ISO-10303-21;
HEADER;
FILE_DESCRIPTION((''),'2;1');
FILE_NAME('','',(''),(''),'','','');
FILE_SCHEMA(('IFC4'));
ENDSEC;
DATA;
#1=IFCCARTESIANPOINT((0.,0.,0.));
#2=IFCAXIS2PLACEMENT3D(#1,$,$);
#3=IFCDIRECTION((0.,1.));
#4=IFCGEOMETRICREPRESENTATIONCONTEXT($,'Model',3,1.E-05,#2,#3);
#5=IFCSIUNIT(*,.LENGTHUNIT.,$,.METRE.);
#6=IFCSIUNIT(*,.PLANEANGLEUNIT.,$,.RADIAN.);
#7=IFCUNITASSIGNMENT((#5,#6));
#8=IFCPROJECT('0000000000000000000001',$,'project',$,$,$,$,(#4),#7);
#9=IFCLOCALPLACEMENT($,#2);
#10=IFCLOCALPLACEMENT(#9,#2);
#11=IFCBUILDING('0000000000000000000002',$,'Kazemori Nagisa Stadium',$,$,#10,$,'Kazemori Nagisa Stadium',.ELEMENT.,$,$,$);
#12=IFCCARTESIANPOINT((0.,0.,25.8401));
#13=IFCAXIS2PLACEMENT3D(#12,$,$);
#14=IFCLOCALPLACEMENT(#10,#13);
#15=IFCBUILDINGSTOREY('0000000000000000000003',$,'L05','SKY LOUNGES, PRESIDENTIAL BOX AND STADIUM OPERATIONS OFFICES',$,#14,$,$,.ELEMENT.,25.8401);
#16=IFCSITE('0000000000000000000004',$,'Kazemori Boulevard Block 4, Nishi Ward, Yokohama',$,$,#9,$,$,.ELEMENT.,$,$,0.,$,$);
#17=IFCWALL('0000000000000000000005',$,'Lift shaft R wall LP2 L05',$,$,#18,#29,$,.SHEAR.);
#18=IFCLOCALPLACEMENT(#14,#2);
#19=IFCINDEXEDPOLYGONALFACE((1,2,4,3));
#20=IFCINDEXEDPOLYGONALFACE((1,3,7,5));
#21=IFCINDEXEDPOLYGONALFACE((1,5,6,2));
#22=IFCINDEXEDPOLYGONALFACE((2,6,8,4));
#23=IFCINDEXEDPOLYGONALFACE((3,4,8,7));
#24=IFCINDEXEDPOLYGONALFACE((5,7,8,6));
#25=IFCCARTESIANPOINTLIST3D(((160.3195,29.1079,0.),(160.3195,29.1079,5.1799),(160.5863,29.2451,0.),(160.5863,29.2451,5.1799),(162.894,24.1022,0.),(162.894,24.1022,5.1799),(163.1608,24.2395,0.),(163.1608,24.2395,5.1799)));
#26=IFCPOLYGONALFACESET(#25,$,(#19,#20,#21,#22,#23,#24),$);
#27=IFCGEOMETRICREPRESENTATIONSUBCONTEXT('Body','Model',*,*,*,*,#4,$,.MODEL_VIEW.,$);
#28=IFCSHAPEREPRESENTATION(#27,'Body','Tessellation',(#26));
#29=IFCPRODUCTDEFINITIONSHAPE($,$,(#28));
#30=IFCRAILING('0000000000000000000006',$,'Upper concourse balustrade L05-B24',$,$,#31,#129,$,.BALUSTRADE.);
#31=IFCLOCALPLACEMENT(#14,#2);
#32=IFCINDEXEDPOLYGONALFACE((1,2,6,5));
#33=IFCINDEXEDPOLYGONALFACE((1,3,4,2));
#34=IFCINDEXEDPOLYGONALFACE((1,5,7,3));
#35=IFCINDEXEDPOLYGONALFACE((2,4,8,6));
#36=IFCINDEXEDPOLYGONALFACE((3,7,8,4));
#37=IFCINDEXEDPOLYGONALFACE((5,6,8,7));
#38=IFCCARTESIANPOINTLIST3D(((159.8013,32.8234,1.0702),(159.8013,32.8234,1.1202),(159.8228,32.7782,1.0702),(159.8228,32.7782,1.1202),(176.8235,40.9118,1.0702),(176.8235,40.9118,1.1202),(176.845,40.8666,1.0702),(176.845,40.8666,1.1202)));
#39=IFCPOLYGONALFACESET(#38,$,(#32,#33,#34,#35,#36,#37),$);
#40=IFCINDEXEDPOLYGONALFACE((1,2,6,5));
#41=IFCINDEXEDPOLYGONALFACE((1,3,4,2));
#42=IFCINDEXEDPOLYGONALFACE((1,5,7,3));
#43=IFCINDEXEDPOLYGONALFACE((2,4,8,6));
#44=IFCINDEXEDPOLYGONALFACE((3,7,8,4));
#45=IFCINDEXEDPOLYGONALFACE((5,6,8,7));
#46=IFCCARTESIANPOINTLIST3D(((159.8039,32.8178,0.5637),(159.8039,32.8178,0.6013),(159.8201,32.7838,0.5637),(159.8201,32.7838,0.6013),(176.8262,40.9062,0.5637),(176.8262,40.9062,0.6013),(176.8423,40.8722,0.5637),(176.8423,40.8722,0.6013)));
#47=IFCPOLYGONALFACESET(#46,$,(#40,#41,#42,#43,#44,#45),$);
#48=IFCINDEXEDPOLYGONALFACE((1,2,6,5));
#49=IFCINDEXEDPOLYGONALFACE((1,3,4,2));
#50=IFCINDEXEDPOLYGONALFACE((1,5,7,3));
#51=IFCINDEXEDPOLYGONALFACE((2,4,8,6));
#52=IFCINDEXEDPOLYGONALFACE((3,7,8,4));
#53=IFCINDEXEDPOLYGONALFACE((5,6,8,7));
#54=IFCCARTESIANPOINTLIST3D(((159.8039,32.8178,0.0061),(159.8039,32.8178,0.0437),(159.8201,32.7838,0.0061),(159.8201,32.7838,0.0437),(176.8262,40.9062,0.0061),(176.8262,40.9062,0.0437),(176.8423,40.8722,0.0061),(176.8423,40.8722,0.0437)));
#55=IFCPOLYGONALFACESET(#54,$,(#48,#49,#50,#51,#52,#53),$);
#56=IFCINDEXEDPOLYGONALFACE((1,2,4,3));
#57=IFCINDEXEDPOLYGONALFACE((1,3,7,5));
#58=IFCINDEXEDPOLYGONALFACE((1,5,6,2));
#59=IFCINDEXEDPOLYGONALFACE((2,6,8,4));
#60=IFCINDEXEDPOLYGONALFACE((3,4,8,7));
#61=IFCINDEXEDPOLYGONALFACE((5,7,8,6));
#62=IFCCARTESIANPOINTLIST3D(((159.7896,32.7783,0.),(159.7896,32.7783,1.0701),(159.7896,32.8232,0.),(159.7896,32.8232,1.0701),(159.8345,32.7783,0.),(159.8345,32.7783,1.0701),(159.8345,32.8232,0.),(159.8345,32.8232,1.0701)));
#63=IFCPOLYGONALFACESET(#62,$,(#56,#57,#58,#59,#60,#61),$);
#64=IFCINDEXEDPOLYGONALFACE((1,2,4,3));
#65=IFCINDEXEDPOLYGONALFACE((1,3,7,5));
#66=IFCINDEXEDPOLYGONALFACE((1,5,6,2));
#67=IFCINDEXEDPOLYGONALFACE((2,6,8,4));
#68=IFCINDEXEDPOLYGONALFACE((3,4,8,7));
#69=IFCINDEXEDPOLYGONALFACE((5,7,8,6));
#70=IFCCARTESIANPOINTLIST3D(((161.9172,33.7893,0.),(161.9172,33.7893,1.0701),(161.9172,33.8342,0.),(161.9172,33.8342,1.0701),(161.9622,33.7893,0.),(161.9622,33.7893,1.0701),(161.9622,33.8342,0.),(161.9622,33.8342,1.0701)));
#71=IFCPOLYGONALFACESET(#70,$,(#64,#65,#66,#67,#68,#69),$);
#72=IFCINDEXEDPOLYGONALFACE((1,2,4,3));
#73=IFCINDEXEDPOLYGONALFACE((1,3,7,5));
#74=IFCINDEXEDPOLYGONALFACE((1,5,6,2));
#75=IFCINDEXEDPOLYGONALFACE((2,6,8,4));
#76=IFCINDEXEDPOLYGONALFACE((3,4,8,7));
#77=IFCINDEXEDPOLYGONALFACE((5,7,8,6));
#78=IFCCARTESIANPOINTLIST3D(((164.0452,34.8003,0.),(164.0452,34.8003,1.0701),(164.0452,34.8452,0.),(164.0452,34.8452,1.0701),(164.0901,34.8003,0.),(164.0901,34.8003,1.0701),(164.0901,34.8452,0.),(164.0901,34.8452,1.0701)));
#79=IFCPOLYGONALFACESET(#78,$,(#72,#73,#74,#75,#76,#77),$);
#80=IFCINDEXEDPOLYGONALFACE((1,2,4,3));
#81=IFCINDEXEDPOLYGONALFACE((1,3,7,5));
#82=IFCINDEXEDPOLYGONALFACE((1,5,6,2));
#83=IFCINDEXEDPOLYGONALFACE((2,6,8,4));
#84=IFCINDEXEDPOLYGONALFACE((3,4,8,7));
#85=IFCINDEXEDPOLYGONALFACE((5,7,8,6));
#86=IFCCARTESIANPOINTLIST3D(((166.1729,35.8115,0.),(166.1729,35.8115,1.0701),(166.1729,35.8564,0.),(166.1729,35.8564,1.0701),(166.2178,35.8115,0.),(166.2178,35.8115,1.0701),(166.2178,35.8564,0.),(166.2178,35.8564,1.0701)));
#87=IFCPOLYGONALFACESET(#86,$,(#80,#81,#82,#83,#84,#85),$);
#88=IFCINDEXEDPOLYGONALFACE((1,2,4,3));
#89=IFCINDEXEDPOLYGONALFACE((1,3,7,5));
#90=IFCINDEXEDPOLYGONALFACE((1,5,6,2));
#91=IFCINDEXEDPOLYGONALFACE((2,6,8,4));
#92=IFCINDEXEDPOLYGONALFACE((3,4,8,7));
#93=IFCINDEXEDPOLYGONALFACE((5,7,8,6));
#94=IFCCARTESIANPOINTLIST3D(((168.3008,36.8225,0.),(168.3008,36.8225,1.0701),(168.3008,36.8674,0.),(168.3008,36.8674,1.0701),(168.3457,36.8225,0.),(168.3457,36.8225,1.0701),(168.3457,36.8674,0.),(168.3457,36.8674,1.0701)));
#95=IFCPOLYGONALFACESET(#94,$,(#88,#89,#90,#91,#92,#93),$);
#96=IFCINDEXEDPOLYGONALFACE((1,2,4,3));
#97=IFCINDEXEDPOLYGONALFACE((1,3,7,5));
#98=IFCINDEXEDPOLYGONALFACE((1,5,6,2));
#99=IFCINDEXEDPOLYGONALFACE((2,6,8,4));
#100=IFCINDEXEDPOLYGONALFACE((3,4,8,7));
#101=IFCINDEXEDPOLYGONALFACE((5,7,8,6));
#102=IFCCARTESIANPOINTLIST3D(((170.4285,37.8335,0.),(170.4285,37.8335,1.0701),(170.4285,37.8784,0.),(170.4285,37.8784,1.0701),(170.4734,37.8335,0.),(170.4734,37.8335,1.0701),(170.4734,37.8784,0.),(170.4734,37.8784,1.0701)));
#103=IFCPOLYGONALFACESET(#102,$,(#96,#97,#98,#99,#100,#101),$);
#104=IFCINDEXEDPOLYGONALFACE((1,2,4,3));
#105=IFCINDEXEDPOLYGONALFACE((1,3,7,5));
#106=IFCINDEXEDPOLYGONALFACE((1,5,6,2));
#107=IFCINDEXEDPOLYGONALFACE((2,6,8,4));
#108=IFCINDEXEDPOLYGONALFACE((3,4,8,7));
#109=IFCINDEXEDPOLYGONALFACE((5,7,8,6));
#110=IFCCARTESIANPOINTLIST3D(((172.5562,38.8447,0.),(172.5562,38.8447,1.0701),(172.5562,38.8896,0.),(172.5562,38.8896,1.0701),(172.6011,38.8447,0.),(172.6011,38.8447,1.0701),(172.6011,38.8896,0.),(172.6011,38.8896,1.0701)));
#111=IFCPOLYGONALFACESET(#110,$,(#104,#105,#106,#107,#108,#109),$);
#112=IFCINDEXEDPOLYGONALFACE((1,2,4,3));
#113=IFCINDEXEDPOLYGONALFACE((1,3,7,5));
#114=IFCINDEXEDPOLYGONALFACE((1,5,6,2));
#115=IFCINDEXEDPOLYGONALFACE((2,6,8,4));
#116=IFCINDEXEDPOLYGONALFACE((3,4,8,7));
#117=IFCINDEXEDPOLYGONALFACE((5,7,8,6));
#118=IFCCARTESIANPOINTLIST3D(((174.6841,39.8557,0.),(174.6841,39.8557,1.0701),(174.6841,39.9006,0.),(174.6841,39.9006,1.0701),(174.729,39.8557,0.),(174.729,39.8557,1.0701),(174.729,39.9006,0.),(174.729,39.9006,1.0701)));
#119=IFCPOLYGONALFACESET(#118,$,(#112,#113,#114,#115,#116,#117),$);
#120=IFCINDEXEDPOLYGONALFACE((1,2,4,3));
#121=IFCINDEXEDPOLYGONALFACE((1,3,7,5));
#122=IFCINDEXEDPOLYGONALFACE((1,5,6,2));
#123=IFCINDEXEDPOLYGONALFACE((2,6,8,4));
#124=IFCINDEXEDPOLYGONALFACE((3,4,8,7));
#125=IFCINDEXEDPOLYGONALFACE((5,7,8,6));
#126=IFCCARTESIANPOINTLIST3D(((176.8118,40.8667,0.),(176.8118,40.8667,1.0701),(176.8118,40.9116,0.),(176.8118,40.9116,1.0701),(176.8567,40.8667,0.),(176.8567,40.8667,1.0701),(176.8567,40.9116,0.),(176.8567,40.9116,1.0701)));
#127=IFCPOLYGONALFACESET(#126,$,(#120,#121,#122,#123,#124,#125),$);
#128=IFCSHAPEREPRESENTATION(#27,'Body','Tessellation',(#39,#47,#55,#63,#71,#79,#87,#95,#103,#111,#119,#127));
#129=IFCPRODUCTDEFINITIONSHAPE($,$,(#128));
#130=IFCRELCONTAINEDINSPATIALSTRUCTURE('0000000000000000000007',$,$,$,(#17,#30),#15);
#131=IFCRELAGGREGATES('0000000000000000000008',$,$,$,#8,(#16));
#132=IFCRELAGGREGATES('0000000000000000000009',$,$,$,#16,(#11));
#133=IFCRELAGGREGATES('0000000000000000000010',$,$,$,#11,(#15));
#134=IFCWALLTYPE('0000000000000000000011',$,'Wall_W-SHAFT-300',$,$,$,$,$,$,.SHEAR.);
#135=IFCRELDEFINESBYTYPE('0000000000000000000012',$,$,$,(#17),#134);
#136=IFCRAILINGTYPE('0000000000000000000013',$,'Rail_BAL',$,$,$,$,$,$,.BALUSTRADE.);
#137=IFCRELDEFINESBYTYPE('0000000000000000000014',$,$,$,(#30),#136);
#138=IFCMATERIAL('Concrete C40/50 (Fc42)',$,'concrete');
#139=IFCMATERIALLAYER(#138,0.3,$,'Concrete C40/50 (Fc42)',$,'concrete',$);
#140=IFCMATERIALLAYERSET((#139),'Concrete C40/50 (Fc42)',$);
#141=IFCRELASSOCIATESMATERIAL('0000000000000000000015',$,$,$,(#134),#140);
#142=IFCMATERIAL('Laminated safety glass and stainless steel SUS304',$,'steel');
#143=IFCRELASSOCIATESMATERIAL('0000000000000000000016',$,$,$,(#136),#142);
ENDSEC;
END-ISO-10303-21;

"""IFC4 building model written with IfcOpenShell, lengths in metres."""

from ifc_helpers import new_model, si_unit, direction, frame, frame_2d, origin, origin_2d, place, context, subcontext, project, spatial, rectangle, extrude, material, layer, layer_set, type_object, element, save


model = new_model("IFC4")

# Units and contexts
model_context = context("Model", 3, precision=1e-05, world=origin(), true_north=direction((0.0, 1.0)))
body_context = subcontext(model_context, "Body", "Model", "MODEL_VIEW")
ifc_project = project(units=[si_unit("LENGTHUNIT", "METRE"), si_unit("PLANEANGLEUNIT", "RADIAN")], contexts=[model_context])

# Site, building, storey
site_placement = place(None, origin())
site = spatial("IfcSite", under=ifc_project, at=site_placement, Name="Kazemori Boulevard Block 4, Nishi Ward, Yokohama", CompositionType="ELEMENT", RefElevation=0.0)
building_placement = place(site_placement, origin())
building = spatial("IfcBuilding", under=site, at=building_placement, Name="Kazemori Nagisa Stadium", LongName="Kazemori Nagisa Stadium", CompositionType="ELEMENT")
storey_placement = place(building_placement, frame((0.0, 0.0, 25.8401)))
storey = spatial("IfcBuildingStorey", under=building, at=storey_placement, Name="L05", Description="SKY LOUNGES, PRESIDENTIAL BOX AND STADIUM OPERATIONS OFFICES", CompositionType="ELEMENT", Elevation=25.8401)

# Shared definitions
ifc_material_1 = material(Name="Concrete C40/50 (Fc42)", Category="concrete")

# Shared definitions
ifc_layer_1 = layer(ifc_material_1, 0.3, Name="Concrete C40/50 (Fc42)", Category="concrete")
ifc_layer_set_1 = layer_set([ifc_layer_1], Name="Concrete C40/50 (Fc42)")
wall_type_1 = type_object("IfcWallType", Name="Wall_W-SHAFT-300", PredefinedType="SHEAR", material=ifc_layer_set_1)

# Wall
wall_1_placement = place(storey_placement, frame((160.4529, 29.1765, 0.0), z_axis=(0.0, 0.0, 1.0), x_axis=(0.457369, -0.889277, 0.0)))
element("IfcWall", 1, at=wall_1_placement, inside=storey, type_object=wall_type_1, Name="Lift shaft R wall LP2 L05", PredefinedType="SHEAR", context=body_context, shape_type="SweptSolid", body=[
    extrude(rectangle(XDim=5.6289, YDim=0.3, at=frame_2d((2.8145, 0.0))), origin(), (0.0, 0.0, 1.0), 5.1799),
])

# Railing
ifc_material_2 = material(Name="Laminated safety glass and stainless steel SUS304", Category="steel")
railing_type_1 = type_object("IfcRailingType", Name="Rail_BAL", PredefinedType="BALUSTRADE", material=ifc_material_2)
railing_1_placement = place(storey_placement, frame((159.812, 32.8008, 0.0)))
element("IfcRailing", 2, at=railing_1_placement, inside=storey, type_object=railing_type_1, Name="Upper concourse balustrade L05-B24", PredefinedType="BALUSTRADE", context=body_context, shape_type="SweptSolid", body=[
    extrude(rectangle(XDim=0.05, YDim=0.05, at=origin_2d()), frame((0.0, 0.0, 1.0952), z_axis=(0.903219, 0.429179, 0.0), x_axis=(-0.429179, 0.903219, 0.0)), (0.0, 0.0, 1.0), 18.8462),
    extrude(rectangle(XDim=0.0376, YDim=0.0376, at=origin_2d()), frame((0.0, 0.0, 0.5825), z_axis=(0.903219, 0.429179, 0.0), x_axis=(-0.429179, 0.903219, 0.0)), (0.0, 0.0, 1.0), 18.8462),
    extrude(rectangle(XDim=0.0376, YDim=0.0376, at=origin_2d()), frame((0.0, 0.0, 0.0249), z_axis=(0.903219, 0.429179, 0.0), x_axis=(-0.429179, 0.903219, 0.0)), (0.0, 0.0, 1.0), 18.8462),
    extrude(rectangle(XDim=0.0449, YDim=0.0449, at=origin_2d()), origin(), (0.0, 0.0, 1.0), 1.0701),
    extrude(rectangle(XDim=0.0449, YDim=0.0449, at=origin_2d()), frame((2.1277, 1.011, 0.0)), (0.0, 0.0, 1.0), 1.0701),
    extrude(rectangle(XDim=0.0449, YDim=0.0449, at=origin_2d()), frame((4.2556, 2.022, 0.0)), (0.0, 0.0, 1.0), 1.0701),
    extrude(rectangle(XDim=0.0449, YDim=0.0449, at=origin_2d()), frame((6.3833, 3.0332, 0.0)), (0.0, 0.0, 1.0), 1.0701),
    extrude(rectangle(XDim=0.0449, YDim=0.0449, at=origin_2d()), frame((8.5112, 4.0442, 0.0)), (0.0, 0.0, 1.0), 1.0701),
    extrude(rectangle(XDim=0.0449, YDim=0.0449, at=origin_2d()), frame((10.6389, 5.0552, 0.0)), (0.0, 0.0, 1.0), 1.0701),
    extrude(rectangle(XDim=0.0449, YDim=0.0449, at=origin_2d()), frame((12.7666, 6.0664, 0.0)), (0.0, 0.0, 1.0), 1.0701),
    extrude(rectangle(XDim=0.0449, YDim=0.0449, at=origin_2d()), frame((14.8945, 7.0774, 0.0)), (0.0, 0.0, 1.0), 1.0701),
    extrude(rectangle(XDim=0.0449, YDim=0.0449, at=origin_2d()), frame((17.0222, 8.0884, 0.0)), (0.0, 0.0, 1.0), 1.0701),
])

save(model, "model.ifc")
